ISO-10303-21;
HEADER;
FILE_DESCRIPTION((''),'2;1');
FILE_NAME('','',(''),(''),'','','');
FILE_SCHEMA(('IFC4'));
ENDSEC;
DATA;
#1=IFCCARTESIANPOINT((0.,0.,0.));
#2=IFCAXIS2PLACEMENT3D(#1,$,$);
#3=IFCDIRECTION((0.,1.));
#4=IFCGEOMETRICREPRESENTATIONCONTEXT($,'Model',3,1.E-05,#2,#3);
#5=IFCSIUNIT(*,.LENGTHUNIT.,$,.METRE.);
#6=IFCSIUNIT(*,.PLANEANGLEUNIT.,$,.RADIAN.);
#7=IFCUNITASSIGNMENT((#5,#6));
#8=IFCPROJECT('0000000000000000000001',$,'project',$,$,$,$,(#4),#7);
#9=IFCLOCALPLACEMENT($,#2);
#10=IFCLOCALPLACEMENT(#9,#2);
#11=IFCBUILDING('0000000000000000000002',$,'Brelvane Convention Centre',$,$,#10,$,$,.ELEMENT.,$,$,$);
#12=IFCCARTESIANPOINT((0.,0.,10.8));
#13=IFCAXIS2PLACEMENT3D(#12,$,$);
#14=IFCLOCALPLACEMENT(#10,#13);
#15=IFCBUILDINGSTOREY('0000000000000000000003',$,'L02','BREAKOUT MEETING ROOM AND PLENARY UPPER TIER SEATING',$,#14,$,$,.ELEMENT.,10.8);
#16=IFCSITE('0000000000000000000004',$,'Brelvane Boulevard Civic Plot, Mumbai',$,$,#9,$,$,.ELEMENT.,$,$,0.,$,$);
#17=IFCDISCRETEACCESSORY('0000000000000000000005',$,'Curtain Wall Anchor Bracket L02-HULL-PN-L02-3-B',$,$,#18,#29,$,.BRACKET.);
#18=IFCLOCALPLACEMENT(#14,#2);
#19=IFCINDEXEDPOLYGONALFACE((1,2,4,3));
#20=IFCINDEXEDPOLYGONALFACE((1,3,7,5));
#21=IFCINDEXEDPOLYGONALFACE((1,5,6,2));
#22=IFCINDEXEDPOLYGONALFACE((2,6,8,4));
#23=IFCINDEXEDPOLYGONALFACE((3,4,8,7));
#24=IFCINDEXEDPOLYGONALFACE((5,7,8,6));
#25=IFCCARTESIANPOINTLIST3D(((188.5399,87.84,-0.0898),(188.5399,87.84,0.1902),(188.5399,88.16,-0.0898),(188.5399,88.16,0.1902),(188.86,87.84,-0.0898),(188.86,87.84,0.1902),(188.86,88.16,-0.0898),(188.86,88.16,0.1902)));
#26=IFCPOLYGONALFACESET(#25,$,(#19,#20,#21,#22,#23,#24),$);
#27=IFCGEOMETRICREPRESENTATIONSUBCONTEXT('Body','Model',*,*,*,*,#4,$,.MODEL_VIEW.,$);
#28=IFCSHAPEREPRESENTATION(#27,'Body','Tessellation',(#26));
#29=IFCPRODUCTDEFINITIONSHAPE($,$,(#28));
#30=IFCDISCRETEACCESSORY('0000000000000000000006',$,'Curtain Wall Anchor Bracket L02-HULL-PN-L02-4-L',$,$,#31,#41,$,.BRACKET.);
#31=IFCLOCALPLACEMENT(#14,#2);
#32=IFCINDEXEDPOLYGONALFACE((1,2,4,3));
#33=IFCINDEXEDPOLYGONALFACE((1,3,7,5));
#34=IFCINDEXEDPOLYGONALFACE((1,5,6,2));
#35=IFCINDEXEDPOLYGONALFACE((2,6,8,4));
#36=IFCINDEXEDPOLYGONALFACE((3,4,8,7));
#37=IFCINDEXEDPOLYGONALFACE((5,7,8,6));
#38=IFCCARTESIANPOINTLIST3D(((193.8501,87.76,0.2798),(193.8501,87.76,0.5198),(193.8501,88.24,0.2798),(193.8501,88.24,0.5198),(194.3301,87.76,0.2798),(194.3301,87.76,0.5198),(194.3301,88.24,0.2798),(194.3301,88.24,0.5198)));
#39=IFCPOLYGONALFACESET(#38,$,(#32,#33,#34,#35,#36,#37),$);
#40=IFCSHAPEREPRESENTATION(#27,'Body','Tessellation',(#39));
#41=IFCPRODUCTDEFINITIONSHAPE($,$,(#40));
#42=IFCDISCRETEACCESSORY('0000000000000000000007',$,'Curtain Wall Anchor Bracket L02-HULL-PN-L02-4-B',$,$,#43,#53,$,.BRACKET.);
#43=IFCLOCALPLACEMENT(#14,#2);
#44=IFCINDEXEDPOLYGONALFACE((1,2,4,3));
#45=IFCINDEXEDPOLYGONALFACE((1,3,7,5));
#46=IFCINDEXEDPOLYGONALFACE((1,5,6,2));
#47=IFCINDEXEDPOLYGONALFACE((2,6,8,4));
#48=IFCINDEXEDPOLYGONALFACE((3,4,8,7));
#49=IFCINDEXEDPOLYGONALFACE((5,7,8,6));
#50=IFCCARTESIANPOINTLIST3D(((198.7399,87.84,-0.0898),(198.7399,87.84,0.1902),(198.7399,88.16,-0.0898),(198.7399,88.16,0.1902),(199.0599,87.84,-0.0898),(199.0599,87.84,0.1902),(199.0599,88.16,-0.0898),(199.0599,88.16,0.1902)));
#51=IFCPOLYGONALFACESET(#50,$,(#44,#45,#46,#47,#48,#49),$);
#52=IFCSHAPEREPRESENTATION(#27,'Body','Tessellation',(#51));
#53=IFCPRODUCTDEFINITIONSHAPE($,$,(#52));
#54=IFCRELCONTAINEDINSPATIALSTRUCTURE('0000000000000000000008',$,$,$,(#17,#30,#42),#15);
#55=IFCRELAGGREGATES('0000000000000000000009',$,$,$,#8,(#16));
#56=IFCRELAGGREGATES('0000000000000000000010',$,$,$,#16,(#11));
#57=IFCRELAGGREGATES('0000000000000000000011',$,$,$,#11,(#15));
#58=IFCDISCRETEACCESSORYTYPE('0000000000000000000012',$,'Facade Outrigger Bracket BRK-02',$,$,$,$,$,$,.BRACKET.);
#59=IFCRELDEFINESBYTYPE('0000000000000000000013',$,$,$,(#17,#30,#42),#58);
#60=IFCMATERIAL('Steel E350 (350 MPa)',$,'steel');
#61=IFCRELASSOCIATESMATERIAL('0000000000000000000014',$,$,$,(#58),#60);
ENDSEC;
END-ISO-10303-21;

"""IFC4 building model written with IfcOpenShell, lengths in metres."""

from ifc_helpers import new_model, si_unit, direction, frame, origin, origin_2d, place, context, subcontext, project, spatial, rectangle, extrude, material, type_object, element, save


model = new_model("IFC4")

# Units and contexts
model_context = context("Model", 3, precision=1e-05, world=origin(), true_north=direction((0.0, 1.0)))
body_context = subcontext(model_context, "Body", "Model", "MODEL_VIEW")
ifc_project = project(units=[si_unit("LENGTHUNIT", "METRE"), si_unit("PLANEANGLEUNIT", "RADIAN")], contexts=[model_context])

# Site, building, storey
site_placement = place(None, origin())
site = spatial("IfcSite", under=ifc_project, at=site_placement, Name="Brelvane Boulevard Civic Plot, Mumbai", CompositionType="ELEMENT", RefElevation=0.0)
building_placement = place(site_placement, origin())
building = spatial("IfcBuilding", under=site, at=building_placement, Name="Brelvane Convention Centre", CompositionType="ELEMENT")
storey_placement = place(building_placement, frame((0.0, 0.0, 10.8)))
storey = spatial("IfcBuildingStorey", under=building, at=storey_placement, Name="L02", Description="BREAKOUT MEETING ROOM AND PLENARY UPPER TIER SEATING", CompositionType="ELEMENT", Elevation=10.8)

# Discrete accessories
ifc_material_1 = material(Name="Steel E350 (350 MPa)", Category="steel")
discrete_accessory_type = type_object("IfcDiscreteAccessoryType", Name="Facade Outrigger Bracket BRK-02", PredefinedType="BRACKET", material=ifc_material_1)
discrete_accessory_1_placement = place(storey_placement, frame((188.7, 88.0, -0.0898), z_axis=(0.0, 0.0, 1.0), x_axis=(1.0, 0.0, 0.0)))
element("IfcDiscreteAccessory", 1, at=discrete_accessory_1_placement, inside=storey, type_object=discrete_accessory_type, Name="Curtain Wall Anchor Bracket L02-HULL-PN-L02-3-B", PredefinedType="BRACKET", context=body_context, shape_type="SweptSolid", body=[
    extrude(rectangle(XDim=0.3201, YDim=0.3201, at=origin_2d()), origin(), (0.0, 0.0, 1.0), 0.28),
])
discrete_accessory_2_placement = place(storey_placement, frame((194.0901, 88.0, 0.2798), z_axis=(0.0, 0.0, 1.0), x_axis=(1.0, 0.0, 0.0)))
element("IfcDiscreteAccessory", 2, at=discrete_accessory_2_placement, inside=storey, type_object=discrete_accessory_type, Name="Curtain Wall Anchor Bracket L02-HULL-PN-L02-4-L", PredefinedType="BRACKET", context=body_context, shape_type="SweptSolid", body=[
    extrude(rectangle(XDim=0.48, YDim=0.48, at=origin_2d()), origin(), (0.0, 0.0, 1.0), 0.24),
])
discrete_accessory_3_placement = place(storey_placement, frame((198.8999, 88.0, -0.0898), z_axis=(0.0, 0.0, 1.0), x_axis=(1.0, 0.0, 0.0)))
element("IfcDiscreteAccessory", 3, at=discrete_accessory_3_placement, inside=storey, type_object=discrete_accessory_type, Name="Curtain Wall Anchor Bracket L02-HULL-PN-L02-4-B", PredefinedType="BRACKET", context=body_context, shape_type="SweptSolid", body=[
    extrude(rectangle(XDim=0.3201, YDim=0.3201, at=origin_2d()), origin(), (0.0, 0.0, 1.0), 0.28),
])

save(model, "model.ifc")
